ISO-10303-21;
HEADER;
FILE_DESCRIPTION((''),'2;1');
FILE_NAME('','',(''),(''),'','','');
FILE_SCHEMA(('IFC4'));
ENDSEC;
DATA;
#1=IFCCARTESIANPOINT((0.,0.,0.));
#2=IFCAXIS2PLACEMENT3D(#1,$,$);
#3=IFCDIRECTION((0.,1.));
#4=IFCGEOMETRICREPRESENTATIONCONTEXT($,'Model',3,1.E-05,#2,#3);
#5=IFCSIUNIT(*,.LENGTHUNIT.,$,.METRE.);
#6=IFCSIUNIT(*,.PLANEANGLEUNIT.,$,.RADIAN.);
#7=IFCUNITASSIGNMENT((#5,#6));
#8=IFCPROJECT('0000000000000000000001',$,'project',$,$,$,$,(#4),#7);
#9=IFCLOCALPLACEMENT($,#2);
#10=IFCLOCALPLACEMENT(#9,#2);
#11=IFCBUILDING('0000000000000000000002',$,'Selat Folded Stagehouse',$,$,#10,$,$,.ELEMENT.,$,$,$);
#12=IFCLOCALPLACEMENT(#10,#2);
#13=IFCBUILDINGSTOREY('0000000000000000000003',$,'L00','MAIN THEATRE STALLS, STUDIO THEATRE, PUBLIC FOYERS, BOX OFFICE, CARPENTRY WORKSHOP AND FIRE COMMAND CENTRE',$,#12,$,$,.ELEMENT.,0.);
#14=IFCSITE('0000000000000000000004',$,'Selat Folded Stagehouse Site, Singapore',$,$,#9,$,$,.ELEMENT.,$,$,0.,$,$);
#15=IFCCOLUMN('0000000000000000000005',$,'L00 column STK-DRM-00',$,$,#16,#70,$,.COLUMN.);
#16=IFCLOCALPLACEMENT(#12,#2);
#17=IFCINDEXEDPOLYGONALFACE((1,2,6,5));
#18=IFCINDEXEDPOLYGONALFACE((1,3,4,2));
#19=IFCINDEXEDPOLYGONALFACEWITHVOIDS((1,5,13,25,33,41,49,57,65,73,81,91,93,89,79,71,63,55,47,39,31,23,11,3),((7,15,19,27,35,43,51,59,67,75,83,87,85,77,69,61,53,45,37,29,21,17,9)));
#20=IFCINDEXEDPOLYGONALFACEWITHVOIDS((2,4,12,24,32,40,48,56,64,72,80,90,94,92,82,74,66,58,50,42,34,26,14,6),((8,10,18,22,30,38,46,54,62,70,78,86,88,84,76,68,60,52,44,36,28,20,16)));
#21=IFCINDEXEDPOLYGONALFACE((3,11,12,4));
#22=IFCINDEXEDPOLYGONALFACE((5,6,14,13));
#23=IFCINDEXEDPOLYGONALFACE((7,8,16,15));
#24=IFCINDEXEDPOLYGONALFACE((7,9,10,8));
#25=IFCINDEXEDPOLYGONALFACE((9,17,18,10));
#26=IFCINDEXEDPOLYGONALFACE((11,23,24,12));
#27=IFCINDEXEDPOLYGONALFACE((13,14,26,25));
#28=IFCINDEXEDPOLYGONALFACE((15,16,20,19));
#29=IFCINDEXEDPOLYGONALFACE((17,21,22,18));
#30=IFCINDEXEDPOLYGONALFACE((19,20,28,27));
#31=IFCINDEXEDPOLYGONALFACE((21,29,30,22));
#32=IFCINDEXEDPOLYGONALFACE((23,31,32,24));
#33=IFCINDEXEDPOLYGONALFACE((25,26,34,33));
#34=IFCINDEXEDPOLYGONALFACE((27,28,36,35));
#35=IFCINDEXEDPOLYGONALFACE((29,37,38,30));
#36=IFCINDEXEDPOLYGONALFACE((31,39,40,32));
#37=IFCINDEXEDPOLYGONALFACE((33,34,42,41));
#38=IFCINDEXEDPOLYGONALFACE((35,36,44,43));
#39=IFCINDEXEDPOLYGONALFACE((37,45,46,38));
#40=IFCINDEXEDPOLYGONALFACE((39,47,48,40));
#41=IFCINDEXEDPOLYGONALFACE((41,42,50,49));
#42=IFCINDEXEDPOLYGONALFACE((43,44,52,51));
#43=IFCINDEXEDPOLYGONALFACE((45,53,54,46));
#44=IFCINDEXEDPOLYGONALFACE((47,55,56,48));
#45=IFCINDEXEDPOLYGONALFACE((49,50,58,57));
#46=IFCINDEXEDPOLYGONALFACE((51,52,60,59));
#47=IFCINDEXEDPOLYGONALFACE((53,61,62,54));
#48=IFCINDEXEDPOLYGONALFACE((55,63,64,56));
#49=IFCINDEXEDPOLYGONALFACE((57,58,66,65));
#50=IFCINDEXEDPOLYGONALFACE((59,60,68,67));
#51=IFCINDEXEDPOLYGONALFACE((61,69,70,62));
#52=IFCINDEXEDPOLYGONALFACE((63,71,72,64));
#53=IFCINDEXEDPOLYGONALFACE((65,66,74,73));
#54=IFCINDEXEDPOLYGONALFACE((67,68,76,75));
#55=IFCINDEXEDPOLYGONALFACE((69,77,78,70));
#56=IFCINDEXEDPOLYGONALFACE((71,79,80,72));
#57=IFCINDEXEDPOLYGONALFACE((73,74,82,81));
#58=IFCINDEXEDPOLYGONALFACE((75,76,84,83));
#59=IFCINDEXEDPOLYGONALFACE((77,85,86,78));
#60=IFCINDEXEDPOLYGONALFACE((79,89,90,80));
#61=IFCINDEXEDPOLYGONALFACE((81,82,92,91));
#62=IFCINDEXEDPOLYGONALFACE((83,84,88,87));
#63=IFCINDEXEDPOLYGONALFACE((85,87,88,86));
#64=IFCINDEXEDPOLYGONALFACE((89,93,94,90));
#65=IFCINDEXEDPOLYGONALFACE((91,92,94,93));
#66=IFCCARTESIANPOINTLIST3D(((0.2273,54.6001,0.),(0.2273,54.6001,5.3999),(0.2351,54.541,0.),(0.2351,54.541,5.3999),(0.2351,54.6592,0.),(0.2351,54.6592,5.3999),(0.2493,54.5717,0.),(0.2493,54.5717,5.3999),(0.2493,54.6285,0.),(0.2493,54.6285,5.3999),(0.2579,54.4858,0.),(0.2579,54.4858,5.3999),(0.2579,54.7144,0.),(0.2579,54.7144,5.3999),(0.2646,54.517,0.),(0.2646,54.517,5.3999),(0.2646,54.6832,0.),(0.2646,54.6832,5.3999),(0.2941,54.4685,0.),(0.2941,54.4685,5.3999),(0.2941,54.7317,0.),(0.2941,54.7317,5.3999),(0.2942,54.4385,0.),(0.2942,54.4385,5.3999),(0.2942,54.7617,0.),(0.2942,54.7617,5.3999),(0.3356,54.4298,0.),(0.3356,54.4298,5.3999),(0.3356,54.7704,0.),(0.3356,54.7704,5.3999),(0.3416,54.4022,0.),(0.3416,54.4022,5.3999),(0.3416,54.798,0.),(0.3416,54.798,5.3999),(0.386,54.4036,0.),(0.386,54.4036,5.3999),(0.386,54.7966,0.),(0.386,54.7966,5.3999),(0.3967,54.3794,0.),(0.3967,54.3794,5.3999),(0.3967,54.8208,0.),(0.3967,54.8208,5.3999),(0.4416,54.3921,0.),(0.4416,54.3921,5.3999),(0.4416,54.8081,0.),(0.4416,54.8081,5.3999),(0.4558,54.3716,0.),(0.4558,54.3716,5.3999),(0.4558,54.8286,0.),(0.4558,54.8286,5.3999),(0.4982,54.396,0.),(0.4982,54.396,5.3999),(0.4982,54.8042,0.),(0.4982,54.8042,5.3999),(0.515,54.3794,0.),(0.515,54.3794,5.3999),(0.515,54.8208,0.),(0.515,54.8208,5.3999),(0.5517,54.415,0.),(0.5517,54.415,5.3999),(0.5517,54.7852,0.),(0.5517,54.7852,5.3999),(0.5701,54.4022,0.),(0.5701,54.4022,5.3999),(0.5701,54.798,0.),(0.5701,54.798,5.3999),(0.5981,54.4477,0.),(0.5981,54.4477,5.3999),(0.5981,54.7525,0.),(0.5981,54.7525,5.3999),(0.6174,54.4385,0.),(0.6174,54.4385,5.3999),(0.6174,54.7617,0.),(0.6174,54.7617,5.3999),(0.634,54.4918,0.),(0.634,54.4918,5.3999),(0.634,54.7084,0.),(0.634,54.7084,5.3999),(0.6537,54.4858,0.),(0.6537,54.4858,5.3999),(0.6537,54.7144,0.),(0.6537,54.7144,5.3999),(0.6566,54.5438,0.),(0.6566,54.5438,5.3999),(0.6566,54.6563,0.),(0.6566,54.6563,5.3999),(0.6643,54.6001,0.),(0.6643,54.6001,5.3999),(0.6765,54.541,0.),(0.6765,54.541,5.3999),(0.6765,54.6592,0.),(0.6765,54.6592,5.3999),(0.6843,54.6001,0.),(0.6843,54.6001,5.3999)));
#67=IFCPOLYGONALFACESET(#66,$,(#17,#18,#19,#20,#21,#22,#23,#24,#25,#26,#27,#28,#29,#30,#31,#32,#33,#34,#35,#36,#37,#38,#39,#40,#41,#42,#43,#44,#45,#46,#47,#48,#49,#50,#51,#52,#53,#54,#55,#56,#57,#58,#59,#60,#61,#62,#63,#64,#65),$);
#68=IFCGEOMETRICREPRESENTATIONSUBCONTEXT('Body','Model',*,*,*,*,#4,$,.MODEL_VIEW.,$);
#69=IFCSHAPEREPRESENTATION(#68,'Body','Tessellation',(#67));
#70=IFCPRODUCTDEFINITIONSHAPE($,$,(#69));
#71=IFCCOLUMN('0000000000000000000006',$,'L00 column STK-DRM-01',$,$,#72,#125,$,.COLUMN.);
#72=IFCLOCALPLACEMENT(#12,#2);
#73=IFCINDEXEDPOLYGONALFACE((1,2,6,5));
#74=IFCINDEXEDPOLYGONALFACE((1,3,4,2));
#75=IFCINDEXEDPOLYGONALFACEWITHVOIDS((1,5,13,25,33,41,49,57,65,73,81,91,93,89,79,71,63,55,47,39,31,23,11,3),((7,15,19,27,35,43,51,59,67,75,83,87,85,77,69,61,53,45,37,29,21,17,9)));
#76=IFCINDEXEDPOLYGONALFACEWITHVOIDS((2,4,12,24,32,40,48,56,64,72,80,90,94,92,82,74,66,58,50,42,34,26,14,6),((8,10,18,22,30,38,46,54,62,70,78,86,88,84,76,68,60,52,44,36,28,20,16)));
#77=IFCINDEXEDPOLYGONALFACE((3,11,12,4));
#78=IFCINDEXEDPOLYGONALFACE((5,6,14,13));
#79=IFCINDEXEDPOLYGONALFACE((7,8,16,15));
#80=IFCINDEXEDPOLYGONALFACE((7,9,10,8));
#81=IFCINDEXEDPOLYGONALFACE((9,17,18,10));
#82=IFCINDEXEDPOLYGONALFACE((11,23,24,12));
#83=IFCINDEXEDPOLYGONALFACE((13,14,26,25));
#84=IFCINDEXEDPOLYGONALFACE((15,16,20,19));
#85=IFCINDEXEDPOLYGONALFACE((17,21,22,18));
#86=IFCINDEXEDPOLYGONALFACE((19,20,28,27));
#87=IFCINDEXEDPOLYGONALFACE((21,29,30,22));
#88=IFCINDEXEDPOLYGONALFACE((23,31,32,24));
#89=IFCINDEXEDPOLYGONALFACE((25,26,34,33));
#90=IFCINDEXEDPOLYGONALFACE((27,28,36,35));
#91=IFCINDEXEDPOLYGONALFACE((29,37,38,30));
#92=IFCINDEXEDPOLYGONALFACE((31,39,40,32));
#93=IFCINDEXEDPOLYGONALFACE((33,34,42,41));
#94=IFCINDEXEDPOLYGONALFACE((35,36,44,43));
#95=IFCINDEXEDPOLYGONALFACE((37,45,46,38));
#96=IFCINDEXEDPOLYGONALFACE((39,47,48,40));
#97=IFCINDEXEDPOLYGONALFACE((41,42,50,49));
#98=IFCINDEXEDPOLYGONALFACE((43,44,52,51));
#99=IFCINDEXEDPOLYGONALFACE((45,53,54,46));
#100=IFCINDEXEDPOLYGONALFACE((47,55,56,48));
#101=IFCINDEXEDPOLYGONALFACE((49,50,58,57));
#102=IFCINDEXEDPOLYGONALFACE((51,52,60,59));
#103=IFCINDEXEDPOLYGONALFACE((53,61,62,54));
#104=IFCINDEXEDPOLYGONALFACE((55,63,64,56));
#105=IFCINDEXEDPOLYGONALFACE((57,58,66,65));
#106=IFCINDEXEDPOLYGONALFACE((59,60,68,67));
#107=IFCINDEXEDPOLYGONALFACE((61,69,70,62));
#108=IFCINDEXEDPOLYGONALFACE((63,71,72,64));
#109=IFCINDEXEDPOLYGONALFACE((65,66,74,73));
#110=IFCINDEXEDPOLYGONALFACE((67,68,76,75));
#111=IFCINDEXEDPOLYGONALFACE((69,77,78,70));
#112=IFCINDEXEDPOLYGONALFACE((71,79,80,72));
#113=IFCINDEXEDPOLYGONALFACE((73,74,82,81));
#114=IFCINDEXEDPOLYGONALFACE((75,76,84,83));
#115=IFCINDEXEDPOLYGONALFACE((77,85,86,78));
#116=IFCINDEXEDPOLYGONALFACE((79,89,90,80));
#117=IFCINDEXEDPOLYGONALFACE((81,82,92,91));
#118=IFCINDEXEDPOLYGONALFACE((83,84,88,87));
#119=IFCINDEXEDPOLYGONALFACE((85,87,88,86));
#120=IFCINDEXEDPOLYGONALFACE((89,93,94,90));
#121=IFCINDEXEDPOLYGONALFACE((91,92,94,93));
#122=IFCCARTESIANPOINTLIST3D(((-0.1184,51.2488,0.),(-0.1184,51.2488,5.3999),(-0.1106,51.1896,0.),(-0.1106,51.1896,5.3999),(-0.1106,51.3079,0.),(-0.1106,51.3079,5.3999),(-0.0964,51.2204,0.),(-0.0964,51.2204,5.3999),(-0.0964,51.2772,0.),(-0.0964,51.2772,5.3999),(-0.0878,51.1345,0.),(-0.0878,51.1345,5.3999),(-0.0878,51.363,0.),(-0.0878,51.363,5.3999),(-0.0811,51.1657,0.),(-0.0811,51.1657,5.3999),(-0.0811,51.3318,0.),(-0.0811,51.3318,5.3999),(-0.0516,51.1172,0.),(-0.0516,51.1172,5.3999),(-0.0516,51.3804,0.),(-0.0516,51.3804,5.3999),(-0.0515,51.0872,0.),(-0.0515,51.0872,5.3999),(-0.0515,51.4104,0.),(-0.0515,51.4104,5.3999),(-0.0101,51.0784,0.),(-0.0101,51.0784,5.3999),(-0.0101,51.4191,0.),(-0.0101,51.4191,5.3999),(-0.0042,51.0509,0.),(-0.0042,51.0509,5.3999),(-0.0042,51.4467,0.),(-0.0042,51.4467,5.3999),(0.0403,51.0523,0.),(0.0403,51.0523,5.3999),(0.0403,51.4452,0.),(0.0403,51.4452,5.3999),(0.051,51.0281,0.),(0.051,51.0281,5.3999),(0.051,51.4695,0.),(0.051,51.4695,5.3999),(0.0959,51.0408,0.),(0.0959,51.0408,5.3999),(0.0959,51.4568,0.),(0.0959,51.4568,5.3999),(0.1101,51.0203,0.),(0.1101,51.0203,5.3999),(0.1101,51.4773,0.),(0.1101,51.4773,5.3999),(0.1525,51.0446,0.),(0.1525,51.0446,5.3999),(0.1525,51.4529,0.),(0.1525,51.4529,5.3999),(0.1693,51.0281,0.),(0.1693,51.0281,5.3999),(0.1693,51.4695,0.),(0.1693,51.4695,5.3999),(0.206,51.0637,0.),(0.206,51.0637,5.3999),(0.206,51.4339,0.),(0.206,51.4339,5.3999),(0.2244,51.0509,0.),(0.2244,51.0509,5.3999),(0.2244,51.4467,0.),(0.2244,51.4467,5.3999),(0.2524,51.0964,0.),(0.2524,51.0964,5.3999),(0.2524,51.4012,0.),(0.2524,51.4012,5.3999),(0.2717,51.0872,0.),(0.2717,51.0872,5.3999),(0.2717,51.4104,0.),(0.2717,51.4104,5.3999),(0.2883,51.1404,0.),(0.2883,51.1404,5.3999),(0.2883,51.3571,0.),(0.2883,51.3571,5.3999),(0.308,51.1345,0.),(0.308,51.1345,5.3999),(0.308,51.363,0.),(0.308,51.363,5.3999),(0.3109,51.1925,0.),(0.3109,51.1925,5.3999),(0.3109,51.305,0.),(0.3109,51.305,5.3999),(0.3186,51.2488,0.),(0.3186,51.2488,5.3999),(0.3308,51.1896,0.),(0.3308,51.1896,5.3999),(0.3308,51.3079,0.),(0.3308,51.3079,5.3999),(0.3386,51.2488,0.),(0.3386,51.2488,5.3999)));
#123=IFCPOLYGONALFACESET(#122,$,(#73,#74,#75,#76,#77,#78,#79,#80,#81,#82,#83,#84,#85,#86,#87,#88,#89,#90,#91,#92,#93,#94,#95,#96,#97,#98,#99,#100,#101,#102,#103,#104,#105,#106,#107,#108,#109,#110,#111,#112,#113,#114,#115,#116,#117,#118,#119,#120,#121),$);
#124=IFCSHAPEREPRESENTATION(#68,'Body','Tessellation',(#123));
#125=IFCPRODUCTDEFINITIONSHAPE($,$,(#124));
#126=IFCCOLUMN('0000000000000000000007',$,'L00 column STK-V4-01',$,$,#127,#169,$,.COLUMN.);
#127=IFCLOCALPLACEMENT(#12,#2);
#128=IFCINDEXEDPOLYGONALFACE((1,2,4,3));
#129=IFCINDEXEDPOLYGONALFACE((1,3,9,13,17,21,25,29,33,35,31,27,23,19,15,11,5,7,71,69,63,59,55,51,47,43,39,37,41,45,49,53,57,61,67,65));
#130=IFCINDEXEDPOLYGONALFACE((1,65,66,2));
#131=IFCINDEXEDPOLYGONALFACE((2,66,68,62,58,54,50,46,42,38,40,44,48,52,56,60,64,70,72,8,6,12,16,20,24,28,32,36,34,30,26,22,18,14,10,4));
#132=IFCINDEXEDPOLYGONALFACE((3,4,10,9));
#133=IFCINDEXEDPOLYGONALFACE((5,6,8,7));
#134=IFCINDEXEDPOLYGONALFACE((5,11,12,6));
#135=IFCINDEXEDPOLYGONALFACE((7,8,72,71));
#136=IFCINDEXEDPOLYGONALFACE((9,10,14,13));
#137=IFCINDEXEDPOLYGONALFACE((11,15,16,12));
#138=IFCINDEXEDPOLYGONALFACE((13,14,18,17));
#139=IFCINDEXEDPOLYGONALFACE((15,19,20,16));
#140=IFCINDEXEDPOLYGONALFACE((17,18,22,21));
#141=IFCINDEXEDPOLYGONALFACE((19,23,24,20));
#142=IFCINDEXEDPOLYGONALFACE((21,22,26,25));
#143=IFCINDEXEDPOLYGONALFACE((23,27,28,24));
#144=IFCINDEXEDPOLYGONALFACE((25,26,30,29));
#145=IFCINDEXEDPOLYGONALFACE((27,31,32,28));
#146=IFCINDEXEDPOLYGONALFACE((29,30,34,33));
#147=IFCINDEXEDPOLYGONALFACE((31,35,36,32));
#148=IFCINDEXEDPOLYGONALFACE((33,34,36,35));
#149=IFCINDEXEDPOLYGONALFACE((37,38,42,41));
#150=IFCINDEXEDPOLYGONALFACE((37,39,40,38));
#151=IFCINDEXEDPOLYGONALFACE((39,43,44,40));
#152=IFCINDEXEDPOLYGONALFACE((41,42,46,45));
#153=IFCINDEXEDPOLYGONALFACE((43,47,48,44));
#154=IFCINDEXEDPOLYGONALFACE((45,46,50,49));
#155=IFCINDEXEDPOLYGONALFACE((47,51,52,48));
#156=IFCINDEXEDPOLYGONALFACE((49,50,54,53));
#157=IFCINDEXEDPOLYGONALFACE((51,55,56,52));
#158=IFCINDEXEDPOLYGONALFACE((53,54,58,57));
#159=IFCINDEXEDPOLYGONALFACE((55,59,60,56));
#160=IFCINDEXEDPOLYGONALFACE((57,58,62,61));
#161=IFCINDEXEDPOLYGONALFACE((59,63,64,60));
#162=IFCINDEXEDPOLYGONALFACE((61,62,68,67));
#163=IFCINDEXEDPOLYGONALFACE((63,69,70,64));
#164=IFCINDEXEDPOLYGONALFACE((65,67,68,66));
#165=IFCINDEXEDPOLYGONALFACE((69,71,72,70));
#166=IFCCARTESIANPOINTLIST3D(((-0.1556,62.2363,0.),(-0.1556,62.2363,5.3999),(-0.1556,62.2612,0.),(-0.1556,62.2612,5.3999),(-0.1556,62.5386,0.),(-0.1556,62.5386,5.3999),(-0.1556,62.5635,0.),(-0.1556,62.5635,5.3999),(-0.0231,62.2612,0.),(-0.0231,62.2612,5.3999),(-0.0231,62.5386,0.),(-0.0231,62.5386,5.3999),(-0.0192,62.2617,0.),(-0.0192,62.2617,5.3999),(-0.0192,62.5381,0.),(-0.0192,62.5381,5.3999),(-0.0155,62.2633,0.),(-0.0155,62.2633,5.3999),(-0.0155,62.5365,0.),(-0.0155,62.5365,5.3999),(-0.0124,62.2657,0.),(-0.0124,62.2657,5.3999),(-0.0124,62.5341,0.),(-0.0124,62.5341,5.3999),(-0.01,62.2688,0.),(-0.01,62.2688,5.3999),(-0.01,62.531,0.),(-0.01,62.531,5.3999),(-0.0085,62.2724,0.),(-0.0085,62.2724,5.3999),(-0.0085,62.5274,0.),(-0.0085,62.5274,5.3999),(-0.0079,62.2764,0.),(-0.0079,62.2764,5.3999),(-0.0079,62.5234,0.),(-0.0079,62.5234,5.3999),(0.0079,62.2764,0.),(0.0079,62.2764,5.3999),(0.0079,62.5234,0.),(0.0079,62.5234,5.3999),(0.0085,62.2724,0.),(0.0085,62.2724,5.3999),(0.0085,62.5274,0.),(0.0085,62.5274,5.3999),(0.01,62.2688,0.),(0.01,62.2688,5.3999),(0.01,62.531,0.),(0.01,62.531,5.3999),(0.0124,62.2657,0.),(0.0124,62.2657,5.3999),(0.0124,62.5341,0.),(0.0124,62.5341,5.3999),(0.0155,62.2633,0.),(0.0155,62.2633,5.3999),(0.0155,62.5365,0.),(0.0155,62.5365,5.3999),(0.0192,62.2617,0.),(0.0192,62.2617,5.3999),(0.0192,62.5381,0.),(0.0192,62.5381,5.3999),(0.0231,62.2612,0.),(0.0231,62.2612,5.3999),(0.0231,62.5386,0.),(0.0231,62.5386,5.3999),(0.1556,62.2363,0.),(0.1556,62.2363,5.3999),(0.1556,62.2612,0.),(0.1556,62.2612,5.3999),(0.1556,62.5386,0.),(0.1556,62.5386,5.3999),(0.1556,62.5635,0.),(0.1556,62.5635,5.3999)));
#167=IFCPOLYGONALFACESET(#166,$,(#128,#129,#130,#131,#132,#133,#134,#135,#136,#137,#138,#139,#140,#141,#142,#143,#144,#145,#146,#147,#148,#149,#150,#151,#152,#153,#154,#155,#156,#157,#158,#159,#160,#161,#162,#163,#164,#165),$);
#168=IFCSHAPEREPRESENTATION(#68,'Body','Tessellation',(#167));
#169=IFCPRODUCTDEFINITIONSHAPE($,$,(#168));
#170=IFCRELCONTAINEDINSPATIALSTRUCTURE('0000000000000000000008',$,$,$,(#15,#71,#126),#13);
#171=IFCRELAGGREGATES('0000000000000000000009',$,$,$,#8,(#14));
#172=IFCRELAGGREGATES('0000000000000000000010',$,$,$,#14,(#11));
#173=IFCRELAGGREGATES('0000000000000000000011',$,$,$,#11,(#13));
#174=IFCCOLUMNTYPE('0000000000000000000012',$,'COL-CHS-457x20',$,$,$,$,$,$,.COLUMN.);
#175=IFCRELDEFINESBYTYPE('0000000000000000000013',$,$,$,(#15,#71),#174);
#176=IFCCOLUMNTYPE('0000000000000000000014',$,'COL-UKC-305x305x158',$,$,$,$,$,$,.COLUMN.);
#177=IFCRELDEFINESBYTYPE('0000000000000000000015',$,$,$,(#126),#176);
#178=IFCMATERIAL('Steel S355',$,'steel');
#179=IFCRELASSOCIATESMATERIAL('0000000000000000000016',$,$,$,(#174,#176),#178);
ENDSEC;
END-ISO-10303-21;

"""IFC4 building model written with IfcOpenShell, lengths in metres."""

from ifc_helpers import new_model, si_unit, direction, frame, origin, origin_2d, place, context, subcontext, project, spatial, hollow_circle, i_section, extrude, material, material_profile, profile_set, type_object, element, save


model = new_model("IFC4")

# Units and contexts
model_context = context("Model", 3, precision=1e-05, world=origin(), true_north=direction((0.0, 1.0)))
body_context = subcontext(model_context, "Body", "Model", "MODEL_VIEW")
ifc_project = project(units=[si_unit("LENGTHUNIT", "METRE"), si_unit("PLANEANGLEUNIT", "RADIAN")], contexts=[model_context])

# Site, building, storey
site_placement = place(None, origin())
site = spatial("IfcSite", under=ifc_project, at=site_placement, Name="Selat Folded Stagehouse Site, Singapore", CompositionType="ELEMENT", RefElevation=0.0)
building_placement = place(site_placement, origin())
building = spatial("IfcBuilding", under=site, at=building_placement, Name="Selat Folded Stagehouse", CompositionType="ELEMENT")
storey_placement = place(building_placement, origin())
storey = spatial("IfcBuildingStorey", under=building, at=storey_placement, Name="L00", Description="MAIN THEATRE STALLS, STUDIO THEATRE, PUBLIC FOYERS, BOX OFFICE, CARPENTRY WORKSHOP AND FIRE COMMAND CENTRE", CompositionType="ELEMENT", Elevation=0.0)

# Columns
ifc_material_1 = material(Name="Steel S355", Category="steel")
ifc_material_profile_1 = material_profile(ifc_material_1, hollow_circle(Radius=0.2285, WallThickness=0.02, at=origin_2d()), Name="CHS 457.0x20.0")
ifc_profile_set_1 = profile_set([ifc_material_profile_1], Name="Steel S355")
column_type_1 = type_object("IfcColumnType", Name="COL-CHS-457x20", PredefinedType="COLUMN", material=ifc_profile_set_1)
for number, where, z_axis, x_axis, name in (
    (1, (0.4558, 54.6001, 0.0), (0.0, 0.0, 1.0), (1.0, 0.0, 0.0), "L00 column STK-DRM-00"),
    (2, (0.1101, 51.2488, 0.0), (0.0, 0.0, 1.0), (1.0, 0.0, 0.0), "L00 column STK-DRM-01"),
):
    element("IfcColumn", number, at=place(storey_placement, frame(where, z_axis=z_axis, x_axis=x_axis)), inside=storey, type_object=column_type_1, Name=name, PredefinedType="COLUMN", context=body_context, shape_type="SweptSolid", body=[
        extrude(hollow_circle(Radius=0.2285, WallThickness=0.02, at=origin_2d()), origin(), (0.0, 0.0, 1.0), 5.3999),
    ])
ifc_material_profile_2 = material_profile(ifc_material_1, i_section(OverallWidth=0.3113, OverallDepth=0.3271, WebThickness=0.0159, FlangeThickness=0.0249, FilletRadius=0.0151, at=origin_2d()), Name="UKC 305x305x158")
ifc_profile_set_2 = profile_set([ifc_material_profile_2], Name="Steel S355")
column_type_2 = type_object("IfcColumnType", Name="COL-UKC-305x305x158", PredefinedType="COLUMN", material=ifc_profile_set_2)
for number, where, z_axis, x_axis, name in (
    (3, (0.0, 62.3999, 0.0), (0.0, 0.0, 1.0), (1.0, 0.0, 0.0), "L00 column STK-V4-01"),
):
    element("IfcColumn", number, at=place(storey_placement, frame(where, z_axis=z_axis, x_axis=x_axis)), inside=storey, type_object=column_type_2, Name=name, PredefinedType="COLUMN", context=body_context, shape_type="SweptSolid", body=[
        extrude(i_section(OverallWidth=0.3113, OverallDepth=0.3271, WebThickness=0.0159, FlangeThickness=0.0249, FilletRadius=0.0151, at=origin_2d()), origin(), (0.0, 0.0, 1.0), 5.3999),
    ])

save(model, "model.ifc")
